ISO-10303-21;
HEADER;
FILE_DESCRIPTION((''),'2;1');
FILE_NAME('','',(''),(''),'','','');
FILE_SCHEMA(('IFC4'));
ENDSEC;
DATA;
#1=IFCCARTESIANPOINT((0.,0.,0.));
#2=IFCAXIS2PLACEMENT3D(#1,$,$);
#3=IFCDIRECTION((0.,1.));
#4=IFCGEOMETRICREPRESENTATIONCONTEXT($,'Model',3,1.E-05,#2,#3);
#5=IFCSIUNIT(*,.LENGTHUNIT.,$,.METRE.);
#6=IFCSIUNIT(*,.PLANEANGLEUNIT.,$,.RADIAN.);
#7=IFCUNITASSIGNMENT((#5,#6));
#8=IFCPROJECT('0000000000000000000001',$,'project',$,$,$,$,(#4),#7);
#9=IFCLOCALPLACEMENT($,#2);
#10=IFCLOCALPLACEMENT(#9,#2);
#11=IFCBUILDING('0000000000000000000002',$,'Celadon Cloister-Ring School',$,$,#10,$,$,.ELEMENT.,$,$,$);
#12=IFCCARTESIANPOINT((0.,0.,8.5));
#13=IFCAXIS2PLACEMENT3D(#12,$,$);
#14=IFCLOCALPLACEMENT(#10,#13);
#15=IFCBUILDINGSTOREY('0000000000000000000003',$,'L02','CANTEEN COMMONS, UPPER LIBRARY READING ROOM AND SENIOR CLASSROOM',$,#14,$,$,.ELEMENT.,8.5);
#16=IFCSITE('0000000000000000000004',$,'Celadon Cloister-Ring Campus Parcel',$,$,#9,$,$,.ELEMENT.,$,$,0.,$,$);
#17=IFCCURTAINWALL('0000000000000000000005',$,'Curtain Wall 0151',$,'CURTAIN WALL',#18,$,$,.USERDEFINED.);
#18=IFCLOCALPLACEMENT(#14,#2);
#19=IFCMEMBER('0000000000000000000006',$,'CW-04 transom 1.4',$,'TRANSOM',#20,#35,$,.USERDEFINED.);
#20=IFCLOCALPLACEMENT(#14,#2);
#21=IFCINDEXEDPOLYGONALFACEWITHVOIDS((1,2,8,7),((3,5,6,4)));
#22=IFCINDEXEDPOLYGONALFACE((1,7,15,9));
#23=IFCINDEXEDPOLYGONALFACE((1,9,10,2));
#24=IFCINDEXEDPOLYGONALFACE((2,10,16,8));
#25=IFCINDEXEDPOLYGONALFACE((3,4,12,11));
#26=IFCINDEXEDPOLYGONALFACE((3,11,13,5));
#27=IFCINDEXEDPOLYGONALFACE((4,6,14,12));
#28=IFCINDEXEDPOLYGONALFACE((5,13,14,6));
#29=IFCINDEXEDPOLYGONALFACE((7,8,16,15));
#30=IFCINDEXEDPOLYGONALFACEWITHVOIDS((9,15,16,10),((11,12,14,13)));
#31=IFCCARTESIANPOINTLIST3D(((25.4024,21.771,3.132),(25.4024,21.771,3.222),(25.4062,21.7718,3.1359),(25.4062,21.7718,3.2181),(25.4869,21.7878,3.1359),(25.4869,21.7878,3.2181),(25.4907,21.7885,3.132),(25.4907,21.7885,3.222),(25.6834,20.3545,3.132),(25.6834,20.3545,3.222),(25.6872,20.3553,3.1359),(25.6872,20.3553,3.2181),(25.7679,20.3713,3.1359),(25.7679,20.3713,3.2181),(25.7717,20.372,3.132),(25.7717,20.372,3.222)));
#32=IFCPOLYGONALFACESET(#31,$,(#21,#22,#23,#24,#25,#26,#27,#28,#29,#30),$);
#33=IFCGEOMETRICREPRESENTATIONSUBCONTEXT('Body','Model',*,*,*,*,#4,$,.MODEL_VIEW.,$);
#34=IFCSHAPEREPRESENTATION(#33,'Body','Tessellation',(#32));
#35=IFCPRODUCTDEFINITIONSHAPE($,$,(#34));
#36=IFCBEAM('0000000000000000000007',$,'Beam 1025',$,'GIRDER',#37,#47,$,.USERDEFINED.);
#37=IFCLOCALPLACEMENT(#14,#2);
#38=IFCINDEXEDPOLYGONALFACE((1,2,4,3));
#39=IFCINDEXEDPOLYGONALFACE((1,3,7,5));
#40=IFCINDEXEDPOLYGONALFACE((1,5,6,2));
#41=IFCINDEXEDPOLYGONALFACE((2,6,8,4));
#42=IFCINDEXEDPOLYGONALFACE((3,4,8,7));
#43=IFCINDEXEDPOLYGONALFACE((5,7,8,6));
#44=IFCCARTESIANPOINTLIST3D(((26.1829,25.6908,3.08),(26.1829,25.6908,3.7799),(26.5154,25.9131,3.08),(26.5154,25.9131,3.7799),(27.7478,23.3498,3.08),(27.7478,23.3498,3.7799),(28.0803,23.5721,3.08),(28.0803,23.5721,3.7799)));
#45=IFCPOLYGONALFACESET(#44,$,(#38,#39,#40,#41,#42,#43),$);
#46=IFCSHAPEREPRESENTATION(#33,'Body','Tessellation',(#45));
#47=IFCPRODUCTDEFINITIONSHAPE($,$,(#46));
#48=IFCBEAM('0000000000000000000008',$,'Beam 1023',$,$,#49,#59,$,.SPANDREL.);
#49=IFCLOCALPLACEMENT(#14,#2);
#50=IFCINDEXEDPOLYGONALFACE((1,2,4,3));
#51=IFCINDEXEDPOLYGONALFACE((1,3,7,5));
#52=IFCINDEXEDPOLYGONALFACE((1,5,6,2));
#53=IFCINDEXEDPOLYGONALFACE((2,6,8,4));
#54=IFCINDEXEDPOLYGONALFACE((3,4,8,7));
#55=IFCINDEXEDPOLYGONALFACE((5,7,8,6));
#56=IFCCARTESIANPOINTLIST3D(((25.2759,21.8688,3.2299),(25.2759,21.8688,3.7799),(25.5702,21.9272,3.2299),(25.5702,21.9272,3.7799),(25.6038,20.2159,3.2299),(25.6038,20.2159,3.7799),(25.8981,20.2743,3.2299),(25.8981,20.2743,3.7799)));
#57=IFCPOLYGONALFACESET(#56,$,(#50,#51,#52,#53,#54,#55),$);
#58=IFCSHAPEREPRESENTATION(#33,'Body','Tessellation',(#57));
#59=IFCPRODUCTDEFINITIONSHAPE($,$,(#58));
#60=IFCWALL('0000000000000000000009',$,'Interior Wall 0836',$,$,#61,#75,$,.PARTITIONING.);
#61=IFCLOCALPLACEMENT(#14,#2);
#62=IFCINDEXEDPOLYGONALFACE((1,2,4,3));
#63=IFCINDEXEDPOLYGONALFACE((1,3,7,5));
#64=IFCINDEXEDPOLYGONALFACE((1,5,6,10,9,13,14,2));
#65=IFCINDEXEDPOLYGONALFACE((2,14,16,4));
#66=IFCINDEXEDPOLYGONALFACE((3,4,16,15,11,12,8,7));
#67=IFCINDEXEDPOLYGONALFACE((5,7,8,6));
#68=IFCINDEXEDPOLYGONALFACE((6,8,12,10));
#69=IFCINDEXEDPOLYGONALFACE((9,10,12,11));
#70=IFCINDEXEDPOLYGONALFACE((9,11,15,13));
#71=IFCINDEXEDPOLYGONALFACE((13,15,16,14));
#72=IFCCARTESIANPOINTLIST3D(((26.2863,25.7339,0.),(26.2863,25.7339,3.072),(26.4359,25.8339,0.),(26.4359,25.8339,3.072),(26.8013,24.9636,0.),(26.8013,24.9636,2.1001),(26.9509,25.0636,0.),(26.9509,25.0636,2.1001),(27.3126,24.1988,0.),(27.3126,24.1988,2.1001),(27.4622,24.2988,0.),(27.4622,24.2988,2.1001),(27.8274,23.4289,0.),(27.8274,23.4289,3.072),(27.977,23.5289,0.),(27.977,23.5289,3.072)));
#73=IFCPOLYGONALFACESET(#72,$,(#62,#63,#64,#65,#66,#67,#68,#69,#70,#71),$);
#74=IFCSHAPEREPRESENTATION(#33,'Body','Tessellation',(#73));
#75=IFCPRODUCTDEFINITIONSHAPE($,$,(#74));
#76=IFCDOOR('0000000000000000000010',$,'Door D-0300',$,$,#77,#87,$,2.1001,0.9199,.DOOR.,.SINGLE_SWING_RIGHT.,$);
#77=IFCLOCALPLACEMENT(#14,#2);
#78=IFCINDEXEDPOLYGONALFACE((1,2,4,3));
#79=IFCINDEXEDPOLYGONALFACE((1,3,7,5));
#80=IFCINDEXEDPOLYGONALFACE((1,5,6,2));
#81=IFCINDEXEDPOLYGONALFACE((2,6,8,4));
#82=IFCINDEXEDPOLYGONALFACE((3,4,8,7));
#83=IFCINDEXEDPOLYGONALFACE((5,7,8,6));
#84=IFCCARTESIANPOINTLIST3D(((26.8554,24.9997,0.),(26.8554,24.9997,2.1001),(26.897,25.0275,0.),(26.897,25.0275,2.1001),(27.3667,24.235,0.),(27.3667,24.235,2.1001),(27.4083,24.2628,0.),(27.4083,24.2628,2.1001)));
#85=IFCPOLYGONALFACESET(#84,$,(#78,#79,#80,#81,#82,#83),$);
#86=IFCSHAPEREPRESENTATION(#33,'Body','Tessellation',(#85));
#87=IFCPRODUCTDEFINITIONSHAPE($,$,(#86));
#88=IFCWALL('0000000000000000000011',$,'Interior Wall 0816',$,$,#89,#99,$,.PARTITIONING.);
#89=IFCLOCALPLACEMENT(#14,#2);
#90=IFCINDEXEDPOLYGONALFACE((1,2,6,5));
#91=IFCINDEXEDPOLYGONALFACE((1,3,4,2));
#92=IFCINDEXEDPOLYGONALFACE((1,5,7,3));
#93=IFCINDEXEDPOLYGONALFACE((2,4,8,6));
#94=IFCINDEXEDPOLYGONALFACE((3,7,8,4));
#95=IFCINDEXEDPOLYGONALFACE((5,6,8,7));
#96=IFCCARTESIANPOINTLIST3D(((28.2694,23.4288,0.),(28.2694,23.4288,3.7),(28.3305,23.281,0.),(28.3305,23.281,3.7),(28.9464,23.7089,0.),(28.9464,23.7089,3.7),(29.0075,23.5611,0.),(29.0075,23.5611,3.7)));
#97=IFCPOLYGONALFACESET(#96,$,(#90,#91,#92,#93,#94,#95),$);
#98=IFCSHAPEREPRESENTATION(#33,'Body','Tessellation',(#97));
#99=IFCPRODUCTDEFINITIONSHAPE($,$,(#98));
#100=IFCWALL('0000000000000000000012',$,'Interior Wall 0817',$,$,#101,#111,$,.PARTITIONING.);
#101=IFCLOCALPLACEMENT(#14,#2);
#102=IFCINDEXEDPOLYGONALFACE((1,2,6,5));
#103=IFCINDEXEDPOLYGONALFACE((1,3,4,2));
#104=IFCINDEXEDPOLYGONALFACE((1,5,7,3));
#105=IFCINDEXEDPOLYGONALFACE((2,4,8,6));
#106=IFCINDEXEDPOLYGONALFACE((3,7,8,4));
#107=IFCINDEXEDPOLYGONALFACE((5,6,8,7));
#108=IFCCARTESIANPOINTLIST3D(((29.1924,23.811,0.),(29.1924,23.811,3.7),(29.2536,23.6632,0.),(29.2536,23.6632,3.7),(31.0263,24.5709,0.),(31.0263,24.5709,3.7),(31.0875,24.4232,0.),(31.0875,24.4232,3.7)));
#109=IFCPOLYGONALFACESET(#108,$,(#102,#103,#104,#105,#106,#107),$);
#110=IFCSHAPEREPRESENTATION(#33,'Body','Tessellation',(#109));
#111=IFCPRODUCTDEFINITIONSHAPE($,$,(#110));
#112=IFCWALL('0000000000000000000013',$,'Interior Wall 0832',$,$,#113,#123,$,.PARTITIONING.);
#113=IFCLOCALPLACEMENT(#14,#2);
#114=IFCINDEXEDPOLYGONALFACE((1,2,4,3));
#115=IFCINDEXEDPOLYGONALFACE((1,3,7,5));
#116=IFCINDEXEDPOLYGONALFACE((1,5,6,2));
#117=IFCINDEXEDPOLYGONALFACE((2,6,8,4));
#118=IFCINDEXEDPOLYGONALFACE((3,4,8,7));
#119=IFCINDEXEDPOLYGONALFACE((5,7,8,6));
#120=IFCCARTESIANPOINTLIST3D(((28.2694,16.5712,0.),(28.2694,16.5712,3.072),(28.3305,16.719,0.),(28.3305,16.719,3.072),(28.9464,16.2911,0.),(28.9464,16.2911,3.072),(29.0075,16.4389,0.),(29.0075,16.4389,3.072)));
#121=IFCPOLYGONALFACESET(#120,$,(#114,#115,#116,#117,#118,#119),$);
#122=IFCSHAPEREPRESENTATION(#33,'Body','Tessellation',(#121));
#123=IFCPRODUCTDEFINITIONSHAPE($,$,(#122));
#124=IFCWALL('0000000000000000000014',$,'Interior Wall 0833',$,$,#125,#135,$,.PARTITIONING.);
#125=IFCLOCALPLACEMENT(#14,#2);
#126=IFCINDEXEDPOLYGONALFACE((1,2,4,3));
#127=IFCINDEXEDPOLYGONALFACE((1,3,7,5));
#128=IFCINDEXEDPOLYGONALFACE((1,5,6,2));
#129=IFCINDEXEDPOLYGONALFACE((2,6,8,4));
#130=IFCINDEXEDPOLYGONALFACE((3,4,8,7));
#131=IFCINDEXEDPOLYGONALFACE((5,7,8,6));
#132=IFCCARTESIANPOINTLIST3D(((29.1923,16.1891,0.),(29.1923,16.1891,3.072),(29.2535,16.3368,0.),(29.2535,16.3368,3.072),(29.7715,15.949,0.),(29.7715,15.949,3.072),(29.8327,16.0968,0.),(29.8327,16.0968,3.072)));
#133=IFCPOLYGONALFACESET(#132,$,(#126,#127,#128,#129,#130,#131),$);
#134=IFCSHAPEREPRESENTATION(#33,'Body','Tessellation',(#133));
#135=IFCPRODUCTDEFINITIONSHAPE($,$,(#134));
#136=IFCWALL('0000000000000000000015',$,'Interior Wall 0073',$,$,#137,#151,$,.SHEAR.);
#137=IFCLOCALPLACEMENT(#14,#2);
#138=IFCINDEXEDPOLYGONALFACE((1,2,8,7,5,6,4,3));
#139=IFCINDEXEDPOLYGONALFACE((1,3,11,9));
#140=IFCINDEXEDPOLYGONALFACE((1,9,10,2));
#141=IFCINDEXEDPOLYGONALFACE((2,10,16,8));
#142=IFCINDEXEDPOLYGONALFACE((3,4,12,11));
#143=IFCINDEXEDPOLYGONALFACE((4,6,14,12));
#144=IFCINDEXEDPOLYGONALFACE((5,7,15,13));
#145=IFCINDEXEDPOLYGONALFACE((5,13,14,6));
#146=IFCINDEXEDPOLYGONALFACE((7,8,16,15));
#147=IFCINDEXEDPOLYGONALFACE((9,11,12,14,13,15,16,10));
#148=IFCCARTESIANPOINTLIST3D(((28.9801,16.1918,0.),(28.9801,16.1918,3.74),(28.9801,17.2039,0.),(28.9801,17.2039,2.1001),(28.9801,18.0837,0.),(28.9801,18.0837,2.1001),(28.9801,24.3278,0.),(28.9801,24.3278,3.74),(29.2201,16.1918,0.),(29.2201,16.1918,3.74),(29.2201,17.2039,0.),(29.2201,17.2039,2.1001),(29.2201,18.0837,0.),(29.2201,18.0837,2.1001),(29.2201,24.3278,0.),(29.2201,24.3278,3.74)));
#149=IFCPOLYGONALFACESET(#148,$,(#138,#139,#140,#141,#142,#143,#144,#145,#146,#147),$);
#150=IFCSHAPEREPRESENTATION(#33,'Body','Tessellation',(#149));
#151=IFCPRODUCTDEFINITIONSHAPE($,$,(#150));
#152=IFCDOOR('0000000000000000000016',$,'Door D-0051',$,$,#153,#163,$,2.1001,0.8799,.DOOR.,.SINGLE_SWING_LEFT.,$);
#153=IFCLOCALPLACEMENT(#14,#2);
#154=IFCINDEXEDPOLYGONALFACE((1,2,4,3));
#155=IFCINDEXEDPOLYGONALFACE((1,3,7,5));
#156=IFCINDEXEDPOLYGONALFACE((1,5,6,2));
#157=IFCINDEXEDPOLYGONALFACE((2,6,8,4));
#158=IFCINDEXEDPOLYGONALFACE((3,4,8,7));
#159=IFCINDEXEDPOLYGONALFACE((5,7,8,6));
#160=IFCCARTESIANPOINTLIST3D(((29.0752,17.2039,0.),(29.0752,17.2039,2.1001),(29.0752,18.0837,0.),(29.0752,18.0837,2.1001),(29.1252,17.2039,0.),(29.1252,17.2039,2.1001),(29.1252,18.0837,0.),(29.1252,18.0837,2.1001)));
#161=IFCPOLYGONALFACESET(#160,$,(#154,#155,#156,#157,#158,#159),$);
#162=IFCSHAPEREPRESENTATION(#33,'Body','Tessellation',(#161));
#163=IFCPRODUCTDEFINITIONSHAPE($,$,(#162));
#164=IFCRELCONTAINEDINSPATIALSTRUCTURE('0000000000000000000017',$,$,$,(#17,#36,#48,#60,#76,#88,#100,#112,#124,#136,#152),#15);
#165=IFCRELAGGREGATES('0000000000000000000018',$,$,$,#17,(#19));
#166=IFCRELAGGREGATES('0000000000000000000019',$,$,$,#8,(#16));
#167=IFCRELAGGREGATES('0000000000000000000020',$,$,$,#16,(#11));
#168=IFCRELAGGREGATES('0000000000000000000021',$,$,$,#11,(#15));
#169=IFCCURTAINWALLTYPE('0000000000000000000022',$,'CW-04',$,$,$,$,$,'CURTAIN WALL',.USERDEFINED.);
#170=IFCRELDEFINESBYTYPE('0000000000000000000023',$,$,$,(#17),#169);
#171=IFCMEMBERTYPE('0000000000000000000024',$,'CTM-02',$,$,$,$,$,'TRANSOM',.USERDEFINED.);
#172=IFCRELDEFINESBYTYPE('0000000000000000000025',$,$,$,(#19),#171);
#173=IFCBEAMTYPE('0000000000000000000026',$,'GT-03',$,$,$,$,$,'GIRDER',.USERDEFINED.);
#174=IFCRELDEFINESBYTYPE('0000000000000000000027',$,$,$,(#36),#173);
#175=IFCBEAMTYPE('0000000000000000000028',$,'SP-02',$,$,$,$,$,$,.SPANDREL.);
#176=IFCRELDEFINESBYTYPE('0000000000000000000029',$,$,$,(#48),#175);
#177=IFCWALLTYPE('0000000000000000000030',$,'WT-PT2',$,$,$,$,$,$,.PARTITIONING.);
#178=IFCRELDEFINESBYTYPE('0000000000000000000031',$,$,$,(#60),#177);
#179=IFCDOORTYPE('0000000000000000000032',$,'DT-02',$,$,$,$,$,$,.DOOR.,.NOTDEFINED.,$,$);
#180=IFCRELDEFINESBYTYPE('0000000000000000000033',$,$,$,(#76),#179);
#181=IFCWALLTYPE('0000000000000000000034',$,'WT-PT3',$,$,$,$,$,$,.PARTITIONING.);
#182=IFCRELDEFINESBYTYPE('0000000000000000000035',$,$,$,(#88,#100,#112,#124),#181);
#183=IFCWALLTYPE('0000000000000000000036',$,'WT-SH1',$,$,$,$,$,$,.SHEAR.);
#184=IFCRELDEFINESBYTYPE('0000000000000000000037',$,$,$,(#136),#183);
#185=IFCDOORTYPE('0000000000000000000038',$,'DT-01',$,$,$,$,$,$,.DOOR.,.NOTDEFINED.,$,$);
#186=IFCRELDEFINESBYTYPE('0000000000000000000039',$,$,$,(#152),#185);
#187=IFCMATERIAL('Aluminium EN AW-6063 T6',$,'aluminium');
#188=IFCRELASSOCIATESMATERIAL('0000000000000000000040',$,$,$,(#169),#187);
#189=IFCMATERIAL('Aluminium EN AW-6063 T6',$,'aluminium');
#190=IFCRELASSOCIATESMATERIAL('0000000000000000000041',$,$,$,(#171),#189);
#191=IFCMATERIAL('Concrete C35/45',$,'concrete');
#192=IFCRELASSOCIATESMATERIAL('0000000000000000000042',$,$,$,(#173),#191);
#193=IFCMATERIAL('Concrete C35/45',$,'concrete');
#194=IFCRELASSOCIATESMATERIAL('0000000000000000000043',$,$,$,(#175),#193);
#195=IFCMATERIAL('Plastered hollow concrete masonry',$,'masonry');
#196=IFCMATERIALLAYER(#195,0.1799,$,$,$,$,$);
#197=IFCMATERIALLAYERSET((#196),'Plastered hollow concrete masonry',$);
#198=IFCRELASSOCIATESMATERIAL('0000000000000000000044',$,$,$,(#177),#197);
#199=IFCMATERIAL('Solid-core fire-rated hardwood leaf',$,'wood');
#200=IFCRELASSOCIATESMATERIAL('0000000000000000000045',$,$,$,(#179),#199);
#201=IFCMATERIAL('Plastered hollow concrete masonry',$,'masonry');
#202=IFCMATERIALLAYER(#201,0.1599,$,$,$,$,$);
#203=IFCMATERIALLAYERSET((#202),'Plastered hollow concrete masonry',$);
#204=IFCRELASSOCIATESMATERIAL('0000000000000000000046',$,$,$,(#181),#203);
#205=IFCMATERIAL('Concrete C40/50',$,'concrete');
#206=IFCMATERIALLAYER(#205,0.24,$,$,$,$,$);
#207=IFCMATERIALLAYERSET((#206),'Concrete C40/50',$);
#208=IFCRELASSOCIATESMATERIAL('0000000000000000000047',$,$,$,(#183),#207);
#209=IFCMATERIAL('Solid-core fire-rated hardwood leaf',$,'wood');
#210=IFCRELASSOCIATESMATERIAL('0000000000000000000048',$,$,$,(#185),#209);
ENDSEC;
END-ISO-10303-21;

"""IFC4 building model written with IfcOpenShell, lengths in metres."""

from ifc_helpers import new_model, si_unit, direction, frame, frame_2d, origin, origin_2d, place, context, subcontext, project, spatial, rectangle, hollow_rectangle, extrude, material, layer, layer_set, material_profile, profile_set, type_object, element, fill, aggregate, save


model = new_model("IFC4")

# Units and contexts
model_context = context("Model", 3, precision=1e-05, world=origin(), true_north=direction((0.0, 1.0)))
body_context = subcontext(model_context, "Body", "Model", "MODEL_VIEW")
ifc_project = project(units=[si_unit("LENGTHUNIT", "METRE"), si_unit("PLANEANGLEUNIT", "RADIAN")], contexts=[model_context])

# Site, building, storey
site_placement = place(None, origin())
site = spatial("IfcSite", under=ifc_project, at=site_placement, Name="Celadon Cloister-Ring Campus Parcel", CompositionType="ELEMENT", RefElevation=0.0)
building_placement = place(site_placement, origin())
building = spatial("IfcBuilding", under=site, at=building_placement, Name="Celadon Cloister-Ring School", CompositionType="ELEMENT")
storey_placement = place(building_placement, frame((0.0, 0.0, 8.5)))
storey = spatial("IfcBuildingStorey", under=building, at=storey_placement, Name="L02", Description="CANTEEN COMMONS, UPPER LIBRARY READING ROOM AND SENIOR CLASSROOM", CompositionType="ELEMENT", Elevation=8.5)

# Curtain wall
ifc_material_1 = material(Name="Aluminium EN AW-6063 T6", Category="aluminium")
curtain_wall_type = type_object("IfcCurtainWallType", Name="CW-04", ElementType="CURTAIN WALL", PredefinedType="USERDEFINED", material=ifc_material_1)
curtain_wall_1_placement = place(storey_placement, origin())
curtain_wall_1 = element("IfcCurtainWall", 1, at=curtain_wall_1_placement, inside=storey, type_object=curtain_wall_type, Name="Curtain Wall 0151", ObjectType="CURTAIN WALL", PredefinedType="USERDEFINED")

# Member
ifc_material_2 = material(Name="Aluminium EN AW-6063 T6", Category="aluminium")
ifc_material_profile_1 = material_profile(ifc_material_2, hollow_rectangle(XDim=0.0901, YDim=0.0901, WallThickness=0.0039, at=origin_2d()), Name="RHS90X90X4")
ifc_profile_set_1 = profile_set([ifc_material_profile_1], Name="Aluminium EN AW-6063 T6")
member_type_1 = type_object("IfcMemberType", Name="CTM-02", ElementType="TRANSOM", PredefinedType="USERDEFINED", material=ifc_profile_set_1)
member_1_placement = place(storey_placement, frame((25.7275, 20.3633, 3.177), z_axis=(-0.194588, 0.980885, 0.0), x_axis=(-0.980885, -0.194588, 0.0)))
member_1 = element("IfcMember", 2, at=member_1_placement, type_object=member_type_1, Name="CW-04 transom 1.4", ObjectType="TRANSOM", PredefinedType="USERDEFINED", context=body_context, shape_type="SweptSolid", body=[
    extrude(hollow_rectangle(XDim=0.0901, YDim=0.0901, WallThickness=0.0039, at=origin_2d()), origin(), (0.0, 0.0, 1.0), 1.4441),
])
aggregate(curtain_wall_1, [member_1])

# Beams
ifc_material_3 = material(Name="Concrete C35/45", Category="concrete")
ifc_material_profile_2 = material_profile(ifc_material_3, rectangle(XDim=0.3999, YDim=0.7, at=origin_2d()), Name="RC400X700")
ifc_profile_set_2 = profile_set([ifc_material_profile_2], Name="Concrete C35/45")
beam_type_1 = type_object("IfcBeamType", Name="GT-03", ElementType="GIRDER", PredefinedType="USERDEFINED", material=ifc_profile_set_2)
beam_1_placement = place(storey_placement, frame((27.9141, 23.4609, 3.4299), z_axis=(-0.55574, 0.831356, 0.0), x_axis=(-0.831356, -0.55574, 0.0)))
element("IfcBeam", 3, at=beam_1_placement, inside=storey, type_object=beam_type_1, Name="Beam 1025", ObjectType="GIRDER", PredefinedType="USERDEFINED", context=body_context, shape_type="SweptSolid", body=[
    extrude(rectangle(XDim=0.3999, YDim=0.7, at=origin_2d()), origin(), (0.0, 0.0, 1.0), 2.8159),
])
ifc_material_4 = material(Name="Concrete C35/45", Category="concrete")
ifc_material_profile_3 = material_profile(ifc_material_4, rectangle(XDim=0.3, YDim=0.55, at=origin_2d()), Name="RC300X550")
ifc_profile_set_3 = profile_set([ifc_material_profile_3], Name="Concrete C35/45")
beam_type_2 = type_object("IfcBeamType", Name="SP-02", PredefinedType="SPANDREL", material=ifc_profile_set_3)
beam_2_placement = place(storey_placement, frame((25.751, 20.2451, 3.5049), z_axis=(-0.194583, 0.980886, 0.0), x_axis=(-0.980886, -0.194583, 0.0)))
element("IfcBeam", 4, at=beam_2_placement, inside=storey, type_object=beam_type_2, Name="Beam 1023", PredefinedType="SPANDREL", context=body_context, shape_type="SweptSolid", body=[
    extrude(rectangle(XDim=0.3, YDim=0.55, at=origin_2d()), origin(), (0.0, 0.0, 1.0), 1.6851),
])

# Wall, opening, door
ifc_material_5 = material(Name="Plastered hollow concrete masonry", Category="masonry")
ifc_layer_1 = layer(ifc_material_5, 0.1799)
ifc_layer_set_1 = layer_set([ifc_layer_1], Name="Plastered hollow concrete masonry")
wall_type_1 = type_object("IfcWallType", Name="WT-PT2", PredefinedType="PARTITIONING", material=ifc_layer_set_1)
wall_1_placement = place(storey_placement, frame((27.9021, 23.479, 0.0), z_axis=(0.0, 0.0, 1.0), x_axis=(-0.555797, 0.831318, 0.0)))
wall_1 = element("IfcWall", 5, at=wall_1_placement, inside=storey, type_object=wall_type_1, Name="Interior Wall 0836", PredefinedType="PARTITIONING", context=body_context, shape_type="SweptSolid", body=[
    extrude(rectangle(XDim=2.7727, YDim=0.1799, at=frame_2d((1.3862, 0.0))), origin(), (0.0, 0.0, 1.0), 3.072),
])
opening_1_placement = place(wall_1_placement, frame((0.926, 0.0, 0.0)))
opening_1 = element("IfcOpeningElement", 6, at=opening_1_placement, cuts=wall_1, PredefinedType="OPENING", context=body_context, shape_type="SweptSolid", body=[
    extrude(rectangle(XDim=0.9199, YDim=2.1001, at=frame_2d((0.46, 1.05))), frame((0.0, 0.1001, 0.0), z_axis=(0.0, -1.0, 0.0), x_axis=(1.0, 0.0, 0.0)), (0.0, 0.0, 1.0), 0.2),
])
ifc_material_6 = material(Name="Solid-core fire-rated hardwood leaf", Category="wood")
door_type_1 = type_object("IfcDoorType", Name="DT-02", OperationType="NOTDEFINED", PredefinedType="DOOR", material=ifc_material_6)
door_1_placement = place(opening_1_placement, origin())
door_1 = element("IfcDoor", 7, at=door_1_placement, inside=storey, type_object=door_type_1, Name="Door D-0300", OperationType="SINGLE_SWING_RIGHT", OverallHeight=2.1001, OverallWidth=0.9199, PredefinedType="DOOR", context=body_context, shape_type="SweptSolid", body=[
    extrude(rectangle(XDim=0.9199, YDim=2.1001, at=frame_2d((0.46, 1.05))), frame((0.0, 0.0249, 0.0), z_axis=(0.0, -1.0, 0.0), x_axis=(1.0, 0.0, 0.0)), (0.0, 0.0, 1.0), 0.05),
])
fill(opening_1, door_1)

# Walls
ifc_material_7 = material(Name="Plastered hollow concrete masonry", Category="masonry")
ifc_layer_2 = layer(ifc_material_7, 0.1599)
ifc_layer_set_2 = layer_set([ifc_layer_2], Name="Plastered hollow concrete masonry")
wall_type_2 = type_object("IfcWallType", Name="WT-PT3", PredefinedType="PARTITIONING", material=ifc_layer_set_2)
wall_2_placement = place(storey_placement, frame((28.3, 23.355, 0.0), z_axis=(0.0, 0.0, 1.0), x_axis=(0.92407, 0.382224, 0.0)))
element("IfcWall", 8, at=wall_2_placement, inside=storey, type_object=wall_type_2, Name="Interior Wall 0816", PredefinedType="PARTITIONING", context=body_context, shape_type="SweptSolid", body=[
    extrude(rectangle(XDim=0.7327, YDim=0.1599, at=frame_2d((0.3662, 0.0))), origin(), (0.0, 0.0, 1.0), 3.7),
])
wall_3_placement = place(storey_placement, frame((29.2229, 23.7371, 0.0), z_axis=(0.0, 0.0, 1.0), x_axis=(0.923817, 0.382833, 0.0)))
element("IfcWall", 9, at=wall_3_placement, inside=storey, type_object=wall_type_2, Name="Interior Wall 0817", PredefinedType="PARTITIONING", context=body_context, shape_type="SweptSolid", body=[
    extrude(rectangle(XDim=1.9851, YDim=0.1599, at=frame_2d((0.9927, 0.0))), origin(), (0.0, 0.0, 1.0), 3.7),
])
wall_4_placement = place(storey_placement, frame((28.3, 16.645, 0.0), z_axis=(0.0, 0.0, 1.0), x_axis=(0.92407, -0.382224, 0.0)))
element("IfcWall", 10, at=wall_4_placement, inside=storey, type_object=wall_type_2, Name="Interior Wall 0832", PredefinedType="PARTITIONING", context=body_context, shape_type="SweptSolid", body=[
    extrude(rectangle(XDim=0.7327, YDim=0.1599, at=frame_2d((0.3662, 0.0))), origin(), (0.0, 0.0, 1.0), 3.072),
])
wall_5_placement = place(storey_placement, frame((29.2229, 16.2629, 0.0), z_axis=(0.0, 0.0, 1.0), x_axis=(0.923813, -0.382845, 0.0)))
element("IfcWall", 11, at=wall_5_placement, inside=storey, type_object=wall_type_2, Name="Interior Wall 0833", PredefinedType="PARTITIONING", context=body_context, shape_type="SweptSolid", body=[
    extrude(rectangle(XDim=0.627, YDim=0.1599, at=frame_2d((0.3135, 0.0))), origin(), (0.0, 0.0, 1.0), 3.072),
])

# Wall, opening, door
ifc_material_8 = material(Name="Concrete C40/50", Category="concrete")
ifc_layer_3 = layer(ifc_material_8, 0.24)
ifc_layer_set_3 = layer_set([ifc_layer_3], Name="Concrete C40/50")
wall_type_3 = type_object("IfcWallType", Name="WT-SH1", PredefinedType="SHEAR", material=ifc_layer_set_3)
wall_6_placement = place(storey_placement, frame((29.1001, 16.1919, 0.0), z_axis=(0.0, 0.0, 1.0), x_axis=(0.0, 1.0, 0.0)))
wall_6 = element("IfcWall", 12, at=wall_6_placement, inside=storey, type_object=wall_type_3, Name="Interior Wall 0073", PredefinedType="SHEAR", context=body_context, shape_type="SweptSolid", body=[
    extrude(rectangle(XDim=8.136, YDim=0.24, at=frame_2d((4.0679, 0.0))), origin(), (0.0, 0.0, 1.0), 3.74),
])
opening_2_placement = place(wall_6_placement, frame((1.012, 0.0, 0.0)))
opening_2 = element("IfcOpeningElement", 13, at=opening_2_placement, cuts=wall_6, PredefinedType="OPENING", context=body_context, shape_type="SweptSolid", body=[
    extrude(rectangle(XDim=0.8799, YDim=2.1001, at=frame_2d((0.4399, 1.05))), frame((0.0, 0.1299, 0.0), z_axis=(0.0, -1.0, 0.0), x_axis=(1.0, 0.0, 0.0)), (0.0, 0.0, 1.0), 0.26),
])
ifc_material_9 = material(Name="Solid-core fire-rated hardwood leaf", Category="wood")
door_type_2 = type_object("IfcDoorType", Name="DT-01", OperationType="NOTDEFINED", PredefinedType="DOOR", material=ifc_material_9)
door_2_placement = place(opening_2_placement, origin())
door_2 = element("IfcDoor", 14, at=door_2_placement, inside=storey, type_object=door_type_2, Name="Door D-0051", OperationType="SINGLE_SWING_LEFT", OverallHeight=2.1001, OverallWidth=0.8799, PredefinedType="DOOR", context=body_context, shape_type="SweptSolid", body=[
    extrude(rectangle(XDim=0.8799, YDim=2.1001, at=frame_2d((0.4399, 1.05))), frame((0.0, 0.0249, 0.0), z_axis=(0.0, -1.0, 0.0), x_axis=(1.0, 0.0, 0.0)), (0.0, 0.0, 1.0), 0.05),
])
fill(opening_2, door_2)

save(model, "model.ifc")
